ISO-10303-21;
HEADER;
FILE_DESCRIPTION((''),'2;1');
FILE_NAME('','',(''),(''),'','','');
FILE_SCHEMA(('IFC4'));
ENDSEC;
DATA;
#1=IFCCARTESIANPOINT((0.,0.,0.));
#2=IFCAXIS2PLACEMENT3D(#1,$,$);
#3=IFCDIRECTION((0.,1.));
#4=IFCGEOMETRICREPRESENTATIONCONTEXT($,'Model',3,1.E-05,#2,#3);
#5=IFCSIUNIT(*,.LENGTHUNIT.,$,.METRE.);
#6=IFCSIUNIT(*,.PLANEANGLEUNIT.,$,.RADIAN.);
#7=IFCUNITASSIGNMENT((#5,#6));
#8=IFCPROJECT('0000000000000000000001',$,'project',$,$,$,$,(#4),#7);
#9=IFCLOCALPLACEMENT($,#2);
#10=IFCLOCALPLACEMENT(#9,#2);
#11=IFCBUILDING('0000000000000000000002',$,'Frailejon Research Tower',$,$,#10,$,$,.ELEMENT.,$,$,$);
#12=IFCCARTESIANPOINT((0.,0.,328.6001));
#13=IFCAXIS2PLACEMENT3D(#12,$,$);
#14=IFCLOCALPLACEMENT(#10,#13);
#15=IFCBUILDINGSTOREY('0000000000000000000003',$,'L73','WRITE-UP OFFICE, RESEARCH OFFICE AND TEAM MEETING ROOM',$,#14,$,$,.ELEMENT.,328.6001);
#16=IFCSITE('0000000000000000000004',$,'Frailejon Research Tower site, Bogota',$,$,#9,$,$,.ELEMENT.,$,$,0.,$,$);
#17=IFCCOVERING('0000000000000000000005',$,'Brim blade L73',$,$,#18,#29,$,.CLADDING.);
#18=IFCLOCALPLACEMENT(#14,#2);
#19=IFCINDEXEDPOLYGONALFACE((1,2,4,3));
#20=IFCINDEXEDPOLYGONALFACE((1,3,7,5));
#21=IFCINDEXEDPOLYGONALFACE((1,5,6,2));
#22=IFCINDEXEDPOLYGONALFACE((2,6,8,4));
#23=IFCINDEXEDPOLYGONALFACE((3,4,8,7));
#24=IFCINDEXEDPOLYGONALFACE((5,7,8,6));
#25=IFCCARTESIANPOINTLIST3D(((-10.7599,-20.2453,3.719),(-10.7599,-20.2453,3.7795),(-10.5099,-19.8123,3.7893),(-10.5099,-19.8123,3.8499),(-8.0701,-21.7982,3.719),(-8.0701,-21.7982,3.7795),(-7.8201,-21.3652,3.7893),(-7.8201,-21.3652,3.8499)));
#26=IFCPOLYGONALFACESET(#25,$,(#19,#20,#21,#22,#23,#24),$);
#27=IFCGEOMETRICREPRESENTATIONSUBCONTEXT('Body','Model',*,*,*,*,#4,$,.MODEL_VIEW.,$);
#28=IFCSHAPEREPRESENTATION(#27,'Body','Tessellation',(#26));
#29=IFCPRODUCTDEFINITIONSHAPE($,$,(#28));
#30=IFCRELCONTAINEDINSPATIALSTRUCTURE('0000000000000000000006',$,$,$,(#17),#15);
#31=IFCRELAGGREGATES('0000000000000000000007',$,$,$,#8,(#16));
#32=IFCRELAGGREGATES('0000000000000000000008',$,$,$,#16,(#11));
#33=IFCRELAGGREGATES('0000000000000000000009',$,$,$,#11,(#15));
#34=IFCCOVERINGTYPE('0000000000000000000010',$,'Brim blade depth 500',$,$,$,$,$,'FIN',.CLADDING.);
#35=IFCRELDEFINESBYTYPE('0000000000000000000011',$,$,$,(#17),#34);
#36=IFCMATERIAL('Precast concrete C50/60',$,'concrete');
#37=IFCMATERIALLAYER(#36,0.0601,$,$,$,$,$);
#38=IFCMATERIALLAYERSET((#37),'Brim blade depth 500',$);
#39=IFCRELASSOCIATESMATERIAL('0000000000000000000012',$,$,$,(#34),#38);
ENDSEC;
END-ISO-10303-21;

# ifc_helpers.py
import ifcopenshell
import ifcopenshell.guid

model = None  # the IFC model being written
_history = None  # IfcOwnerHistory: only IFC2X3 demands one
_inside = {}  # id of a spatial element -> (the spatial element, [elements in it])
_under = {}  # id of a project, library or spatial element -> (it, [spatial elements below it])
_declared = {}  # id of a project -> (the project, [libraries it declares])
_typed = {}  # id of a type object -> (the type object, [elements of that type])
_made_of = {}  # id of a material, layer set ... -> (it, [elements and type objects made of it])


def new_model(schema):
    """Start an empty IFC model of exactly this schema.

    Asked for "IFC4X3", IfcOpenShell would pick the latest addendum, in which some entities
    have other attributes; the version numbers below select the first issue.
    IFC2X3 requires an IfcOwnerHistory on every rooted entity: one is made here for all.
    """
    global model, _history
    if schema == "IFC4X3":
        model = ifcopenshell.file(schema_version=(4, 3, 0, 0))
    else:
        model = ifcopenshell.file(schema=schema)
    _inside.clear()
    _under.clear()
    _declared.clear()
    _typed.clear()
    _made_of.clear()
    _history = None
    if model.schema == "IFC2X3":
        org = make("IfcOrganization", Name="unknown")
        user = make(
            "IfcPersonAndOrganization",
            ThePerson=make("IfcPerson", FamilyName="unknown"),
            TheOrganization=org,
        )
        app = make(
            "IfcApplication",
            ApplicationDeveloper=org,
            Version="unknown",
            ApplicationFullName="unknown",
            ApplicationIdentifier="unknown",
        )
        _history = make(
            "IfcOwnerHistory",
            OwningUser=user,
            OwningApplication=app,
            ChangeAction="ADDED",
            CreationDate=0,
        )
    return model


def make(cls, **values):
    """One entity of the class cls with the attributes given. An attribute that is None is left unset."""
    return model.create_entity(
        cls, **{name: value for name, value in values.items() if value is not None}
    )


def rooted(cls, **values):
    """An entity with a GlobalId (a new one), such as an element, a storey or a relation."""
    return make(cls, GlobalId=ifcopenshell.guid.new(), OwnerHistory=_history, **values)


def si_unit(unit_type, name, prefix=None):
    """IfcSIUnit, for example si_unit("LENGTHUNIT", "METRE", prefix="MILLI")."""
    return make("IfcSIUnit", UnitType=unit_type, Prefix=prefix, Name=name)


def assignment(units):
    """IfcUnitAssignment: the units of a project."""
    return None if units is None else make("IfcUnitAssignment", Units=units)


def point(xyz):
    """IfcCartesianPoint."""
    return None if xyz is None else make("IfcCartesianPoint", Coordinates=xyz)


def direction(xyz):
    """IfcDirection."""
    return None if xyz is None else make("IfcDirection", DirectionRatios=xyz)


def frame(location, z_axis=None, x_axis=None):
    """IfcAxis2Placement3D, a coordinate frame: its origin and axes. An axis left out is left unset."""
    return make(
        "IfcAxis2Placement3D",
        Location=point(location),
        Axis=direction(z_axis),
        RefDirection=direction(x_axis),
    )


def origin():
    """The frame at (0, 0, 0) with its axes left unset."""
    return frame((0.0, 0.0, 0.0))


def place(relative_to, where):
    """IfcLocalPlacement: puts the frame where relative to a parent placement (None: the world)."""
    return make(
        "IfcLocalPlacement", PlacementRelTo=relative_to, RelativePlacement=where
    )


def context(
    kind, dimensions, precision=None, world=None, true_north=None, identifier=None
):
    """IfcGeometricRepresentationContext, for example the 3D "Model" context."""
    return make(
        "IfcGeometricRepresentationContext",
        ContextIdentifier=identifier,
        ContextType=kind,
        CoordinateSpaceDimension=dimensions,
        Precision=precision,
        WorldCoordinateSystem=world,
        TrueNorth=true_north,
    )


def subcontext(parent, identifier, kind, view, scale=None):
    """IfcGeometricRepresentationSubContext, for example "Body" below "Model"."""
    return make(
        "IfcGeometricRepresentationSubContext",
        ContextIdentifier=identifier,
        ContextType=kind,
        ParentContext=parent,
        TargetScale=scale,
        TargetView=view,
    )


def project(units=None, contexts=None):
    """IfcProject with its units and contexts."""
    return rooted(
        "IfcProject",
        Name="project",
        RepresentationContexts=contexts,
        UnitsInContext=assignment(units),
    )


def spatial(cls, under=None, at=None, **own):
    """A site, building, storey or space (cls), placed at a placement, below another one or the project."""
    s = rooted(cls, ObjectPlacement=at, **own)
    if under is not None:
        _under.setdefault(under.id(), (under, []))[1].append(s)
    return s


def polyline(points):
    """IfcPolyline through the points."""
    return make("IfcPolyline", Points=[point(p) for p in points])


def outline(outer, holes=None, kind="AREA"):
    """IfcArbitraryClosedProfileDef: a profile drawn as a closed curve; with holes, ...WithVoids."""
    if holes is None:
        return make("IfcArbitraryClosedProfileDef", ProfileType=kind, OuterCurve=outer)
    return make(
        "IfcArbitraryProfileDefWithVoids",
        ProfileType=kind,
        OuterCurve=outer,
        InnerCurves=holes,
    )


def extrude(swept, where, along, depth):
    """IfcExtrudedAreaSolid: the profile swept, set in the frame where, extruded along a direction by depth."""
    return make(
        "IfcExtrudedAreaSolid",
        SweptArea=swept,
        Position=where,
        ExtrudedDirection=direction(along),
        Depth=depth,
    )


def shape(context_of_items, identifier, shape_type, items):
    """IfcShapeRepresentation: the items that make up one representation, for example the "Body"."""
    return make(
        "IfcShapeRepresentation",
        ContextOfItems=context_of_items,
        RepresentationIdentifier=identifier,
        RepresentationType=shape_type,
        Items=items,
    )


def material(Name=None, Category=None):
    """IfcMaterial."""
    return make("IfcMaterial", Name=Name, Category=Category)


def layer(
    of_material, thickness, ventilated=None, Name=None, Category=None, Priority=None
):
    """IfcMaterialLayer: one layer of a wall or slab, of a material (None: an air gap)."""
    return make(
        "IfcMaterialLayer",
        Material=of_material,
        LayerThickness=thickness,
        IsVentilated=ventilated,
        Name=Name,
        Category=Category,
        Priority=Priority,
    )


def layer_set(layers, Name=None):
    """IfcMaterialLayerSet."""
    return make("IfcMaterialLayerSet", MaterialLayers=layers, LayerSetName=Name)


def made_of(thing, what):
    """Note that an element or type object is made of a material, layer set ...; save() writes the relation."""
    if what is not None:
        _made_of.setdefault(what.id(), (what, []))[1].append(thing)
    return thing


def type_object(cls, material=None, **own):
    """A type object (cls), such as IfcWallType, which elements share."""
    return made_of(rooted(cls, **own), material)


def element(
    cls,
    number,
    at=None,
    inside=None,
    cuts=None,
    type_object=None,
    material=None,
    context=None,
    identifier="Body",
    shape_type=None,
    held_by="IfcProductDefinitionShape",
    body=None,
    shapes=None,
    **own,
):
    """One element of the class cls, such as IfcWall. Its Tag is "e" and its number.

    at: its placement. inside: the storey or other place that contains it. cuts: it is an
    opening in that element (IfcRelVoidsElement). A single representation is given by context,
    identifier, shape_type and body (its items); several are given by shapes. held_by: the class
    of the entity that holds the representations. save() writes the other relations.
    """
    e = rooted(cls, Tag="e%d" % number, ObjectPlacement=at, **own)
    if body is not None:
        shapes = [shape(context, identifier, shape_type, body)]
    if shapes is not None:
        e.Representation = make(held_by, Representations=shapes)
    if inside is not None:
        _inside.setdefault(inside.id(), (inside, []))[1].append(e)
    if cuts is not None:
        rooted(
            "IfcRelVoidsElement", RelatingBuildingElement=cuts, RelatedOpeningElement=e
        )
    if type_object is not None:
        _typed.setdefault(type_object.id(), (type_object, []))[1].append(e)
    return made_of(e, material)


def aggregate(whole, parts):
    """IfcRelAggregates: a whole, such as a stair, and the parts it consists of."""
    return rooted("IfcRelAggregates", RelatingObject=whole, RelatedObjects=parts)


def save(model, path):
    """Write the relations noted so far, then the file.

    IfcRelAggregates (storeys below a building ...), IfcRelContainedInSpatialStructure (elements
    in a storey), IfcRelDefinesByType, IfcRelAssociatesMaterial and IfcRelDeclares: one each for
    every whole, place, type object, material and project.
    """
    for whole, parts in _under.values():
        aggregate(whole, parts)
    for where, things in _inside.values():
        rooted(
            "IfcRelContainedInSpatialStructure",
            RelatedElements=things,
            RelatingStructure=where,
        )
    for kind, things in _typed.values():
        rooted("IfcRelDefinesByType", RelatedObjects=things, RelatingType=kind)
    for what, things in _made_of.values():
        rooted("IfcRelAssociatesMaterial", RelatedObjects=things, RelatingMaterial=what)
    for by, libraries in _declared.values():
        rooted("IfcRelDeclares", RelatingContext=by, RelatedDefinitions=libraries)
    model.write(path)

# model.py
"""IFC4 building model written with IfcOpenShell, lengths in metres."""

from ifc_helpers import new_model, si_unit, direction, frame, origin, place, context, subcontext, project, spatial, polyline, outline, extrude, material, layer, layer_set, type_object, element, save


model = new_model("IFC4")

# Units and contexts
model_context = context("Model", 3, precision=1e-05, world=origin(), true_north=direction((0.0, 1.0)))
body_context = subcontext(model_context, "Body", "Model", "MODEL_VIEW")
ifc_project = project(units=[si_unit("LENGTHUNIT", "METRE"), si_unit("PLANEANGLEUNIT", "RADIAN")], contexts=[model_context])

# Site, building, storey
site_placement = place(None, origin())
site = spatial("IfcSite", under=ifc_project, at=site_placement, Name="Frailejon Research Tower site, Bogota", CompositionType="ELEMENT", RefElevation=0.0)
building_placement = place(site_placement, origin())
building = spatial("IfcBuilding", under=site, at=building_placement, Name="Frailejon Research Tower", CompositionType="ELEMENT")
storey_placement = place(building_placement, frame((0.0, 0.0, 328.6001)))
storey = spatial("IfcBuildingStorey", under=building, at=storey_placement, Name="L73", Description="WRITE-UP OFFICE, RESEARCH OFFICE AND TEAM MEETING ROOM", CompositionType="ELEMENT", Elevation=328.6001)

# Covering
ifc_material_1 = material(Name="Precast concrete C50/60", Category="concrete")
ifc_layer_1 = layer(ifc_material_1, 0.0601)
ifc_layer_set_1 = layer_set([ifc_layer_1], Name="Brim blade depth 500")
covering_type_1 = type_object("IfcCoveringType", Name="Brim blade depth 500", ElementType="FIN", PredefinedType="CLADDING", material=ifc_layer_set_1)
covering_placement = place(storey_placement, frame((-7.8201, -21.3652, 3.8499), z_axis=(-0.866027, 0.499997, 0.0), x_axis=(-0.499997, -0.866027, 0.0)))
element("IfcCovering", 1, at=covering_placement, inside=storey, type_object=covering_type_1, Name="Brim blade L73", PredefinedType="CLADDING", context=body_context, shape_type="SweptSolid", body=[
    extrude(outline(polyline([(0.0, -0.0605), (0.5, -0.1309), (0.5, -0.0703), (0.0, 0.0), (0.0, -0.0605)])), origin(), (0.0, 0.0, 1.0), 3.106),
])

save(model, "model.ifc")
